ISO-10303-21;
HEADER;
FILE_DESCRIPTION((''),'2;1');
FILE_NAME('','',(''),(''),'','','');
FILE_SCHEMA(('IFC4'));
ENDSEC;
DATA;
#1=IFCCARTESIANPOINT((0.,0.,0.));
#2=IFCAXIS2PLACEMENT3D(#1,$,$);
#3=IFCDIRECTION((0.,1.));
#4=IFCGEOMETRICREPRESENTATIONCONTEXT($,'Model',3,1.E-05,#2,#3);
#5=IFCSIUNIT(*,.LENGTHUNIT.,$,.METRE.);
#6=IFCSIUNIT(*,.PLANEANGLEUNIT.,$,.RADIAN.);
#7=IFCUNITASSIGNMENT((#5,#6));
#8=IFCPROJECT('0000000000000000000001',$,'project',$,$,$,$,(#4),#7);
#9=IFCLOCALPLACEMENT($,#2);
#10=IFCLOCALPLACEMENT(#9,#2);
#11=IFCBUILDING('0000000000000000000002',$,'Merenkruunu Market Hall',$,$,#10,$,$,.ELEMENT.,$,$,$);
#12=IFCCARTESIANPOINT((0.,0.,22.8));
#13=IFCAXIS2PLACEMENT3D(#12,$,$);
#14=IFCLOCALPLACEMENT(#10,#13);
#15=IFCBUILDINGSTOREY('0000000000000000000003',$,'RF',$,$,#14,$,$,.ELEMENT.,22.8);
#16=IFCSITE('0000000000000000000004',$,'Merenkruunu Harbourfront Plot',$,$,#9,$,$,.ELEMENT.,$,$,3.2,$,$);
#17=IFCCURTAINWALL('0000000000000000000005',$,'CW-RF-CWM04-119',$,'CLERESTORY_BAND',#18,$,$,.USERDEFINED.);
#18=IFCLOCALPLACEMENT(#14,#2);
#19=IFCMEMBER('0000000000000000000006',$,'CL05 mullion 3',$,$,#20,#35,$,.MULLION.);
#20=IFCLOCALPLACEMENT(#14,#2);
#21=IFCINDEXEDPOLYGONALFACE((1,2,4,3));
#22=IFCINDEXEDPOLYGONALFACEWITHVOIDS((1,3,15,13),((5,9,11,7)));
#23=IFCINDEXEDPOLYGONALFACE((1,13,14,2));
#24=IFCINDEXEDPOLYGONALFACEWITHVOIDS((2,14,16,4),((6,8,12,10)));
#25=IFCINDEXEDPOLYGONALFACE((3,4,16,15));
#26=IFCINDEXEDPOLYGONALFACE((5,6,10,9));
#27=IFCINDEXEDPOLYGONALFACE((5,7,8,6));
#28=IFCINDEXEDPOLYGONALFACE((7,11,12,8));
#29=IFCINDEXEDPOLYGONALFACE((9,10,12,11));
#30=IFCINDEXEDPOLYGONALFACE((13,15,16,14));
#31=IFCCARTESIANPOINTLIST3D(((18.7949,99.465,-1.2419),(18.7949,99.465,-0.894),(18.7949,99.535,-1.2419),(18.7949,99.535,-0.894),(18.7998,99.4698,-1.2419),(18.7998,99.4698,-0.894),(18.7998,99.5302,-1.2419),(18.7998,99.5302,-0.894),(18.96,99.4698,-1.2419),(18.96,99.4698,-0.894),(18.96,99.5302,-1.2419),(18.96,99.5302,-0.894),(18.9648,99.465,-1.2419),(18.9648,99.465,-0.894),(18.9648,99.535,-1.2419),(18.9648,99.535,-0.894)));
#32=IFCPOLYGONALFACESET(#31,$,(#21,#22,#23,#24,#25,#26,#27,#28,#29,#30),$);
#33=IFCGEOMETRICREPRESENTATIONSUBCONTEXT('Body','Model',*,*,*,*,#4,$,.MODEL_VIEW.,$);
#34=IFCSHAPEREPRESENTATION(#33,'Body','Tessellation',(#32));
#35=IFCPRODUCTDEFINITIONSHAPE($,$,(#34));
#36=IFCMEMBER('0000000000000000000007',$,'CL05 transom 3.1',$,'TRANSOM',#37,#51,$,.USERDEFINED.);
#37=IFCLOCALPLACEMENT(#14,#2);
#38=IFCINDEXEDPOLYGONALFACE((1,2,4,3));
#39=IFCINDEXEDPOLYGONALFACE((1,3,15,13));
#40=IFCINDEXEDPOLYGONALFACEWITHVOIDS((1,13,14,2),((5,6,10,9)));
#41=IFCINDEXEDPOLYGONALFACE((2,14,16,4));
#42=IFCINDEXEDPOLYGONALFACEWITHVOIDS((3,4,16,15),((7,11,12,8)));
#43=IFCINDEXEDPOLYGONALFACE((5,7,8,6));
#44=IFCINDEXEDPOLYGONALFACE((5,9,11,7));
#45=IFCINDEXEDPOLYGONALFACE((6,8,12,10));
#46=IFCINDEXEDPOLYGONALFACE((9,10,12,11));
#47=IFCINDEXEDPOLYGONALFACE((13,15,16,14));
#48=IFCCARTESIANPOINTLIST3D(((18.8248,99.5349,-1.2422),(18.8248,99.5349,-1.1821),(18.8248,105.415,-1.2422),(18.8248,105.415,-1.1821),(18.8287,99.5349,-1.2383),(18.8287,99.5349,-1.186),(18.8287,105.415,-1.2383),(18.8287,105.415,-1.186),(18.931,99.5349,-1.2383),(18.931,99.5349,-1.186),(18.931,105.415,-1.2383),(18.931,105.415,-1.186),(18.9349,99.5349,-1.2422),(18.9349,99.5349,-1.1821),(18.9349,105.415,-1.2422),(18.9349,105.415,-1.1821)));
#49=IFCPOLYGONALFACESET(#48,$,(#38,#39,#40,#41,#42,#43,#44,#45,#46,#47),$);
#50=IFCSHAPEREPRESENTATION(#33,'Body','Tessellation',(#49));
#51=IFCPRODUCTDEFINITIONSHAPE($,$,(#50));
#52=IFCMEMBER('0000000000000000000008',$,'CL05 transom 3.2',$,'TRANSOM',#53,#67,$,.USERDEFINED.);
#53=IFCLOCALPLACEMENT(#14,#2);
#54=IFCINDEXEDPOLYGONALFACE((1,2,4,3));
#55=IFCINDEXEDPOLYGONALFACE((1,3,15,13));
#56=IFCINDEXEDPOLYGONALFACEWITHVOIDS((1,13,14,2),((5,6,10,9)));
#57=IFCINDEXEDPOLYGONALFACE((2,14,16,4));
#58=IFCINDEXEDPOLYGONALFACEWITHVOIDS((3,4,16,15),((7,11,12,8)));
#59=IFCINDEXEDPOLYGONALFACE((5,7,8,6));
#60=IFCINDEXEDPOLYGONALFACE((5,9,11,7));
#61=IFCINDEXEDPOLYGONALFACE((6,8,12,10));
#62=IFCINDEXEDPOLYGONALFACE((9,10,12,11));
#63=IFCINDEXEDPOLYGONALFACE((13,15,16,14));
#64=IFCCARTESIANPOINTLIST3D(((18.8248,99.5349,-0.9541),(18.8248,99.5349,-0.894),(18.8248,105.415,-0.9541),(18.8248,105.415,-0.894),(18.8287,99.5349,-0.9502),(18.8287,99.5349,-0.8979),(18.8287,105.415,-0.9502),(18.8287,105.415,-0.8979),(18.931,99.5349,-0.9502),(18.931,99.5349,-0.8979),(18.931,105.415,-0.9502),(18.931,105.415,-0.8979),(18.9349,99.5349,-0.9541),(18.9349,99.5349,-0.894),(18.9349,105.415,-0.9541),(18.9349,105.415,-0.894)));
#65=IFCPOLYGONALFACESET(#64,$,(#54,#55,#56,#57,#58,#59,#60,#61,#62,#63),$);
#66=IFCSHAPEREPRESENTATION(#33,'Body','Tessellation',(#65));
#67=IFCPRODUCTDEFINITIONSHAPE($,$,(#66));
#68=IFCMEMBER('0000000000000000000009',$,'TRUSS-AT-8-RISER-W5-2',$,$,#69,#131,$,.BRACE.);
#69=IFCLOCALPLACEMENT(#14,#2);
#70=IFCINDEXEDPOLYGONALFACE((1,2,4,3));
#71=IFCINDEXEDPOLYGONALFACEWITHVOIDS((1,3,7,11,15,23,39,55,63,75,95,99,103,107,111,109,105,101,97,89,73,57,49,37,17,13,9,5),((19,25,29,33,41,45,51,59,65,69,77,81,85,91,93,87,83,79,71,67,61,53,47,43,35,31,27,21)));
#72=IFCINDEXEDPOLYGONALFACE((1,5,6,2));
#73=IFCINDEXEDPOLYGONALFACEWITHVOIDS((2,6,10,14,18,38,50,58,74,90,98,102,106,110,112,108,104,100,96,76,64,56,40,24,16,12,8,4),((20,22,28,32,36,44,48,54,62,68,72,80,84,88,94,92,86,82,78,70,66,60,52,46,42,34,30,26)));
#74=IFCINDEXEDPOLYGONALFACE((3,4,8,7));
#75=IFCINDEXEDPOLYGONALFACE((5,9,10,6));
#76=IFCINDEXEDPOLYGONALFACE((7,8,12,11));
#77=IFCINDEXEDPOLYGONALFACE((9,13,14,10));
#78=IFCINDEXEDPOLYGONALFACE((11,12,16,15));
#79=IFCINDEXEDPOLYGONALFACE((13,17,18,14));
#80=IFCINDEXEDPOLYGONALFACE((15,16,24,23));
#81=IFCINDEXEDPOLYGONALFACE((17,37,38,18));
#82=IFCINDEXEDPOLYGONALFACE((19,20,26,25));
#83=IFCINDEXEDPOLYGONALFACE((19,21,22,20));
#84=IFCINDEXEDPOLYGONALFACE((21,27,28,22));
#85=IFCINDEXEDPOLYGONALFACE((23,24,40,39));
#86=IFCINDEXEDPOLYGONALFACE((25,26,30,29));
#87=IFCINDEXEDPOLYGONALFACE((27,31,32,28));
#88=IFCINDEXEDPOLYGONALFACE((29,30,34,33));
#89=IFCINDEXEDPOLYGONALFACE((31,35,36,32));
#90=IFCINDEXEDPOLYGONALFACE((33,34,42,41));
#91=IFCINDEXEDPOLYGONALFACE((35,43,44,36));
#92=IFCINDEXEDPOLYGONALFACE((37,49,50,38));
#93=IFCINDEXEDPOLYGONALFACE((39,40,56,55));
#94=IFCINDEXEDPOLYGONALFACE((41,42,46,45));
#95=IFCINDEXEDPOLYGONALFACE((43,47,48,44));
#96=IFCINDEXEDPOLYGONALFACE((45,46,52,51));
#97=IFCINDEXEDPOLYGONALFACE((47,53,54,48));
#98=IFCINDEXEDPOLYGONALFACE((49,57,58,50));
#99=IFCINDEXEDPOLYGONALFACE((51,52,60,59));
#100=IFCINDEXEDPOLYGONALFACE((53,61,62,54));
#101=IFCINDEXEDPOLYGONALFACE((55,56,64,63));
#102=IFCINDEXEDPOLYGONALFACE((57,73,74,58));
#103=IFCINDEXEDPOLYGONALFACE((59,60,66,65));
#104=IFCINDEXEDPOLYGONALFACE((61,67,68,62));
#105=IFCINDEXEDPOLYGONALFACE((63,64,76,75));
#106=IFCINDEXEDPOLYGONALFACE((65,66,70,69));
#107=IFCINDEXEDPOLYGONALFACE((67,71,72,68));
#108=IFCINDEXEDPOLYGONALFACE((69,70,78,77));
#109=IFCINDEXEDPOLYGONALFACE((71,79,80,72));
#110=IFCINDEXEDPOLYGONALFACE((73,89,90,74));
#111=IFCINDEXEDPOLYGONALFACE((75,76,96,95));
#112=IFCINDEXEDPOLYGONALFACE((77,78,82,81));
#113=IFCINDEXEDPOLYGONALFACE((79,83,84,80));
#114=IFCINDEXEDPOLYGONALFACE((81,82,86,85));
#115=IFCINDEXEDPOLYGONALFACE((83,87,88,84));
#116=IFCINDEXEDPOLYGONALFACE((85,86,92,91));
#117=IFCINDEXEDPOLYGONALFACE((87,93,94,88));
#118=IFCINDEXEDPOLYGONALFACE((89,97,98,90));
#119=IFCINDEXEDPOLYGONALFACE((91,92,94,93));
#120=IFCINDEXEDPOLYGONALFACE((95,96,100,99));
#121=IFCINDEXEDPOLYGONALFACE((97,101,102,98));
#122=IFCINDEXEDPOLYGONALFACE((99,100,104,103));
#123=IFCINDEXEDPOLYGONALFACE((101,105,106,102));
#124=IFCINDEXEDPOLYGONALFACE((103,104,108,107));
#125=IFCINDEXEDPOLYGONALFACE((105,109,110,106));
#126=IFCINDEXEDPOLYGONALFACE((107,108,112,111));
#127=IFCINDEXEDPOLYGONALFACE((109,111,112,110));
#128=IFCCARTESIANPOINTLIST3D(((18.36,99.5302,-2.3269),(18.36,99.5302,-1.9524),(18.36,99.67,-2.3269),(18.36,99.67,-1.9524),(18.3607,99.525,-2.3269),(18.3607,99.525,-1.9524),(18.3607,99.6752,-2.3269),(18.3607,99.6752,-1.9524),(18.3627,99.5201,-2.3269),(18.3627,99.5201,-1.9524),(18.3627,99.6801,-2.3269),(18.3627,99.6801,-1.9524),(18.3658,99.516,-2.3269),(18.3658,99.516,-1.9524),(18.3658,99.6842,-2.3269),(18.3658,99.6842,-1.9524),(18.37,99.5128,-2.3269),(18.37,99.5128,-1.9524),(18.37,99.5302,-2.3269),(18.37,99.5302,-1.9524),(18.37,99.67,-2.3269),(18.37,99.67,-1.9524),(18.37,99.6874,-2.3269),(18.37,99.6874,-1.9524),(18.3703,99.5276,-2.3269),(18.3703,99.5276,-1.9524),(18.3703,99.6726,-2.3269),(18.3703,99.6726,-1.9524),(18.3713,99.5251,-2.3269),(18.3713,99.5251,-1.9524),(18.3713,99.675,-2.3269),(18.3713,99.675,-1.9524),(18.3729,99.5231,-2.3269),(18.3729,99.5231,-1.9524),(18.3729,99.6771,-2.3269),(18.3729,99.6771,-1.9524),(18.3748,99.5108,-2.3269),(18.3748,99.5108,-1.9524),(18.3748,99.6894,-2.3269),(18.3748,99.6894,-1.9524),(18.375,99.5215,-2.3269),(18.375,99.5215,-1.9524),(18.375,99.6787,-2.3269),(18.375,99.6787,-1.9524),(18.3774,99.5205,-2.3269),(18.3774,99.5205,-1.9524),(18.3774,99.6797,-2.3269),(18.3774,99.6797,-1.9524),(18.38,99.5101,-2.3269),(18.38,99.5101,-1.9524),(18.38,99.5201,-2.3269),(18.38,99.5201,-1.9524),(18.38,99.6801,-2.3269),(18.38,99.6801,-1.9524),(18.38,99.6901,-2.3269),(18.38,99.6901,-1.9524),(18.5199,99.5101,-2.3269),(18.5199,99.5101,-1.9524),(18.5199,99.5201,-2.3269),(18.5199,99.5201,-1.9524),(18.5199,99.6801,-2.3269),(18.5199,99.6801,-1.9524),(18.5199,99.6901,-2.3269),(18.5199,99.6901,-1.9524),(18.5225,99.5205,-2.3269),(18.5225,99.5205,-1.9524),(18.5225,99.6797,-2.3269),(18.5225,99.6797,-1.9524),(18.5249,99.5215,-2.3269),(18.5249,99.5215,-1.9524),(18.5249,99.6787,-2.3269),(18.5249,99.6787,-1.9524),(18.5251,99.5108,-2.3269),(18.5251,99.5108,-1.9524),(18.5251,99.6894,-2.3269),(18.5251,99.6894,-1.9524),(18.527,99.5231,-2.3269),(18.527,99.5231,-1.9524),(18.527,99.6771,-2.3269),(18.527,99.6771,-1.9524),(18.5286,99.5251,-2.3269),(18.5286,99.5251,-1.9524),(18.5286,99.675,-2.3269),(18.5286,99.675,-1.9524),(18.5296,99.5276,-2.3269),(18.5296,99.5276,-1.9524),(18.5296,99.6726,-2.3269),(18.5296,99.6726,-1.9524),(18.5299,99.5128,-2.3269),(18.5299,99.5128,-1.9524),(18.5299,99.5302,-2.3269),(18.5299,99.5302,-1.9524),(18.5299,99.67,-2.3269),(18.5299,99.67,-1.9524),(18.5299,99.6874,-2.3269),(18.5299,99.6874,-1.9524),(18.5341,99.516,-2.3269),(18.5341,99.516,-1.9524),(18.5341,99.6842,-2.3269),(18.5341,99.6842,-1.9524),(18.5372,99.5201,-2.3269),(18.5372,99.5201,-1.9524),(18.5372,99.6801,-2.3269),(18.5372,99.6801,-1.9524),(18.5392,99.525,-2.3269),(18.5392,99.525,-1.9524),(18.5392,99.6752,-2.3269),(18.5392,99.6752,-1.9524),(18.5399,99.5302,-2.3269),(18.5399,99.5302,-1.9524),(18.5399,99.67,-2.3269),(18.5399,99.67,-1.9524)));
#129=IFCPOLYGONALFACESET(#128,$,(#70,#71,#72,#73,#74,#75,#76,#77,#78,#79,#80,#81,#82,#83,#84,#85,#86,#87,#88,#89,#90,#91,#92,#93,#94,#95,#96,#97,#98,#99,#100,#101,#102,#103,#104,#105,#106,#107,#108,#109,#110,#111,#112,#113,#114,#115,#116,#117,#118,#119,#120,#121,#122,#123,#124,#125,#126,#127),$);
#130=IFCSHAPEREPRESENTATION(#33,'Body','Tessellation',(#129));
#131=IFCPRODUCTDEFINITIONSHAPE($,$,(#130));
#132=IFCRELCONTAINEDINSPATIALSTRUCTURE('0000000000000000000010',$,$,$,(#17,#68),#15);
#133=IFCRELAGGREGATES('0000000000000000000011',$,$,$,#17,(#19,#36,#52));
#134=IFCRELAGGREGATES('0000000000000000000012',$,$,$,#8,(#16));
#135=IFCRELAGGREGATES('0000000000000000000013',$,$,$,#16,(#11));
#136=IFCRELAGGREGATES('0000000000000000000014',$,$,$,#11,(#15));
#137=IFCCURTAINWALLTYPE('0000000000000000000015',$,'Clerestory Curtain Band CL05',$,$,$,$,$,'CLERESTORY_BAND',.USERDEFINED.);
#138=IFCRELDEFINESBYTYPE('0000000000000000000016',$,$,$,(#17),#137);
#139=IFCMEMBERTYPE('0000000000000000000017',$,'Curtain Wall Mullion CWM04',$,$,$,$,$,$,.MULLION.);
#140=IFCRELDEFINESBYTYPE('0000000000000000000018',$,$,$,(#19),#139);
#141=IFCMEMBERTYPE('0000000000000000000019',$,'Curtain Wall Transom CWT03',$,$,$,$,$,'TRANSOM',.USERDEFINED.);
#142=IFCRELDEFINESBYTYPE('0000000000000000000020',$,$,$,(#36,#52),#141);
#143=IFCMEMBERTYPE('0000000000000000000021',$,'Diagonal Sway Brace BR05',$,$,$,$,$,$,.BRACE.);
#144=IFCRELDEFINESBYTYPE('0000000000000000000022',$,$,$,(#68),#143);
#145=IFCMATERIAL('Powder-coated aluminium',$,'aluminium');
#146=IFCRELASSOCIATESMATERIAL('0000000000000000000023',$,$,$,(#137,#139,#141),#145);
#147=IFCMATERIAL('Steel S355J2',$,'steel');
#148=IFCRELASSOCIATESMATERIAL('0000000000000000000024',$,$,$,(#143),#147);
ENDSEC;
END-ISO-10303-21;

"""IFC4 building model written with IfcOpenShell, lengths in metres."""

from ifc_helpers import new_model, si_unit, direction, frame, origin, origin_2d, place, context, subcontext, project, spatial, hollow_rectangle, extrude, material, material_profile, profile_set, type_object, element, aggregate, save


model = new_model("IFC4")

# Units and contexts
model_context = context("Model", 3, precision=1e-05, world=origin(), true_north=direction((0.0, 1.0)))
body_context = subcontext(model_context, "Body", "Model", "MODEL_VIEW")
ifc_project = project(units=[si_unit("LENGTHUNIT", "METRE"), si_unit("PLANEANGLEUNIT", "RADIAN")], contexts=[model_context])

# Site, building, storey
site_placement = place(None, origin())
site = spatial("IfcSite", under=ifc_project, at=site_placement, Name="Merenkruunu Harbourfront Plot", CompositionType="ELEMENT", RefElevation=3.2)
building_placement = place(site_placement, origin())
building = spatial("IfcBuilding", under=site, at=building_placement, Name="Merenkruunu Market Hall", CompositionType="ELEMENT")
storey_placement = place(building_placement, frame((0.0, 0.0, 22.8)))
storey = spatial("IfcBuildingStorey", under=building, at=storey_placement, Name="RF", CompositionType="ELEMENT", Elevation=22.8)

# Curtain wall, members
ifc_material_1 = material(Name="Powder-coated aluminium", Category="aluminium")
curtain_wall_type = type_object("IfcCurtainWallType", Name="Clerestory Curtain Band CL05", ElementType="CLERESTORY_BAND", PredefinedType="USERDEFINED", material=ifc_material_1)
curtain_wall_placement = place(storey_placement, origin())
curtain_wall = element("IfcCurtainWall", 1, at=curtain_wall_placement, inside=storey, type_object=curtain_wall_type, Name="CW-RF-CWM04-119", ObjectType="CLERESTORY_BAND", PredefinedType="USERDEFINED")
ifc_material_profile_1 = material_profile(ifc_material_1, hollow_rectangle(XDim=0.0701, YDim=0.1699, WallThickness=0.0049, at=origin_2d()), Name="ALU 70x170x5")
ifc_profile_set_1 = profile_set([ifc_material_profile_1], Name="Powder-coated aluminium")
member_type_1 = type_object("IfcMemberType", Name="Curtain Wall Mullion CWM04", PredefinedType="MULLION", material=ifc_profile_set_1)
member_1_placement = place(storey_placement, frame((18.8799, 99.5, -1.2419), z_axis=(0.0, 0.0, 1.0), x_axis=(0.0, 1.0, 0.0)))
member_1 = element("IfcMember", 2, at=member_1_placement, type_object=member_type_1, Name="CL05 mullion 3", PredefinedType="MULLION", context=body_context, shape_type="SweptSolid", body=[
    extrude(hollow_rectangle(XDim=0.0701, YDim=0.1699, WallThickness=0.0049, at=origin_2d()), origin(), (0.0, 0.0, 1.0), 0.3479),
])
ifc_material_profile_2 = material_profile(ifc_material_1, hollow_rectangle(XDim=0.0601, YDim=0.1101, WallThickness=0.0039, at=origin_2d()), Name="ALU 60x110x4")
ifc_profile_set_2 = profile_set([ifc_material_profile_2], Name="Powder-coated aluminium")
member_type_2 = type_object("IfcMemberType", Name="Curtain Wall Transom CWT03", ElementType="TRANSOM", PredefinedType="USERDEFINED", material=ifc_profile_set_2)
member_2_placement = place(storey_placement, frame((18.8799, 99.5349, -1.2122), z_axis=(0.0, 1.0, 0.0), x_axis=(0.0, 0.0, 1.0)))
member_2 = element("IfcMember", 3, at=member_2_placement, type_object=member_type_2, Name="CL05 transom 3.1", ObjectType="TRANSOM", PredefinedType="USERDEFINED", context=body_context, shape_type="SweptSolid", body=[
    extrude(hollow_rectangle(XDim=0.0601, YDim=0.1101, WallThickness=0.0039, at=origin_2d()), origin(), (0.0, 0.0, 1.0), 5.8801),
])
member_3_placement = place(storey_placement, frame((18.8799, 99.5349, -0.9241), z_axis=(0.0, 1.0, 0.0), x_axis=(0.0, 0.0, 1.0)))
member_3 = element("IfcMember", 4, at=member_3_placement, type_object=member_type_2, Name="CL05 transom 3.2", ObjectType="TRANSOM", PredefinedType="USERDEFINED", context=body_context, shape_type="SweptSolid", body=[
    extrude(hollow_rectangle(XDim=0.0601, YDim=0.1101, WallThickness=0.0039, at=origin_2d()), origin(), (0.0, 0.0, 1.0), 5.8801),
])

# Member
ifc_material_2 = material(Name="Steel S355J2", Category="steel")
ifc_material_profile_3 = material_profile(ifc_material_2, hollow_rectangle(XDim=0.1799, YDim=0.1799, WallThickness=0.01, InnerFilletRadius=0.01, OuterFilletRadius=0.02, at=origin_2d()), Name="SHS 180x180x10")
ifc_profile_set_3 = profile_set([ifc_material_profile_3], Name="Steel S355J2")
member_type_3 = type_object("IfcMemberType", Name="Diagonal Sway Brace BR05", PredefinedType="BRACE", material=ifc_profile_set_3)
member_4_placement = place(storey_placement, frame((18.45, 99.6001, -2.3269), z_axis=(0.0, 0.0, 1.0), x_axis=(1.0, 0.0, 0.0)))
element("IfcMember", 5, at=member_4_placement, inside=storey, type_object=member_type_3, Name="TRUSS-AT-8-RISER-W5-2", PredefinedType="BRACE", context=body_context, shape_type="SweptSolid", body=[
    extrude(hollow_rectangle(XDim=0.1799, YDim=0.1799, WallThickness=0.01, InnerFilletRadius=0.01, OuterFilletRadius=0.02, at=origin_2d()), origin(), (0.0, 0.0, 1.0), 0.3745),
])

aggregate(curtain_wall, [member_1, member_2, member_3])

save(model, "model.ifc")
